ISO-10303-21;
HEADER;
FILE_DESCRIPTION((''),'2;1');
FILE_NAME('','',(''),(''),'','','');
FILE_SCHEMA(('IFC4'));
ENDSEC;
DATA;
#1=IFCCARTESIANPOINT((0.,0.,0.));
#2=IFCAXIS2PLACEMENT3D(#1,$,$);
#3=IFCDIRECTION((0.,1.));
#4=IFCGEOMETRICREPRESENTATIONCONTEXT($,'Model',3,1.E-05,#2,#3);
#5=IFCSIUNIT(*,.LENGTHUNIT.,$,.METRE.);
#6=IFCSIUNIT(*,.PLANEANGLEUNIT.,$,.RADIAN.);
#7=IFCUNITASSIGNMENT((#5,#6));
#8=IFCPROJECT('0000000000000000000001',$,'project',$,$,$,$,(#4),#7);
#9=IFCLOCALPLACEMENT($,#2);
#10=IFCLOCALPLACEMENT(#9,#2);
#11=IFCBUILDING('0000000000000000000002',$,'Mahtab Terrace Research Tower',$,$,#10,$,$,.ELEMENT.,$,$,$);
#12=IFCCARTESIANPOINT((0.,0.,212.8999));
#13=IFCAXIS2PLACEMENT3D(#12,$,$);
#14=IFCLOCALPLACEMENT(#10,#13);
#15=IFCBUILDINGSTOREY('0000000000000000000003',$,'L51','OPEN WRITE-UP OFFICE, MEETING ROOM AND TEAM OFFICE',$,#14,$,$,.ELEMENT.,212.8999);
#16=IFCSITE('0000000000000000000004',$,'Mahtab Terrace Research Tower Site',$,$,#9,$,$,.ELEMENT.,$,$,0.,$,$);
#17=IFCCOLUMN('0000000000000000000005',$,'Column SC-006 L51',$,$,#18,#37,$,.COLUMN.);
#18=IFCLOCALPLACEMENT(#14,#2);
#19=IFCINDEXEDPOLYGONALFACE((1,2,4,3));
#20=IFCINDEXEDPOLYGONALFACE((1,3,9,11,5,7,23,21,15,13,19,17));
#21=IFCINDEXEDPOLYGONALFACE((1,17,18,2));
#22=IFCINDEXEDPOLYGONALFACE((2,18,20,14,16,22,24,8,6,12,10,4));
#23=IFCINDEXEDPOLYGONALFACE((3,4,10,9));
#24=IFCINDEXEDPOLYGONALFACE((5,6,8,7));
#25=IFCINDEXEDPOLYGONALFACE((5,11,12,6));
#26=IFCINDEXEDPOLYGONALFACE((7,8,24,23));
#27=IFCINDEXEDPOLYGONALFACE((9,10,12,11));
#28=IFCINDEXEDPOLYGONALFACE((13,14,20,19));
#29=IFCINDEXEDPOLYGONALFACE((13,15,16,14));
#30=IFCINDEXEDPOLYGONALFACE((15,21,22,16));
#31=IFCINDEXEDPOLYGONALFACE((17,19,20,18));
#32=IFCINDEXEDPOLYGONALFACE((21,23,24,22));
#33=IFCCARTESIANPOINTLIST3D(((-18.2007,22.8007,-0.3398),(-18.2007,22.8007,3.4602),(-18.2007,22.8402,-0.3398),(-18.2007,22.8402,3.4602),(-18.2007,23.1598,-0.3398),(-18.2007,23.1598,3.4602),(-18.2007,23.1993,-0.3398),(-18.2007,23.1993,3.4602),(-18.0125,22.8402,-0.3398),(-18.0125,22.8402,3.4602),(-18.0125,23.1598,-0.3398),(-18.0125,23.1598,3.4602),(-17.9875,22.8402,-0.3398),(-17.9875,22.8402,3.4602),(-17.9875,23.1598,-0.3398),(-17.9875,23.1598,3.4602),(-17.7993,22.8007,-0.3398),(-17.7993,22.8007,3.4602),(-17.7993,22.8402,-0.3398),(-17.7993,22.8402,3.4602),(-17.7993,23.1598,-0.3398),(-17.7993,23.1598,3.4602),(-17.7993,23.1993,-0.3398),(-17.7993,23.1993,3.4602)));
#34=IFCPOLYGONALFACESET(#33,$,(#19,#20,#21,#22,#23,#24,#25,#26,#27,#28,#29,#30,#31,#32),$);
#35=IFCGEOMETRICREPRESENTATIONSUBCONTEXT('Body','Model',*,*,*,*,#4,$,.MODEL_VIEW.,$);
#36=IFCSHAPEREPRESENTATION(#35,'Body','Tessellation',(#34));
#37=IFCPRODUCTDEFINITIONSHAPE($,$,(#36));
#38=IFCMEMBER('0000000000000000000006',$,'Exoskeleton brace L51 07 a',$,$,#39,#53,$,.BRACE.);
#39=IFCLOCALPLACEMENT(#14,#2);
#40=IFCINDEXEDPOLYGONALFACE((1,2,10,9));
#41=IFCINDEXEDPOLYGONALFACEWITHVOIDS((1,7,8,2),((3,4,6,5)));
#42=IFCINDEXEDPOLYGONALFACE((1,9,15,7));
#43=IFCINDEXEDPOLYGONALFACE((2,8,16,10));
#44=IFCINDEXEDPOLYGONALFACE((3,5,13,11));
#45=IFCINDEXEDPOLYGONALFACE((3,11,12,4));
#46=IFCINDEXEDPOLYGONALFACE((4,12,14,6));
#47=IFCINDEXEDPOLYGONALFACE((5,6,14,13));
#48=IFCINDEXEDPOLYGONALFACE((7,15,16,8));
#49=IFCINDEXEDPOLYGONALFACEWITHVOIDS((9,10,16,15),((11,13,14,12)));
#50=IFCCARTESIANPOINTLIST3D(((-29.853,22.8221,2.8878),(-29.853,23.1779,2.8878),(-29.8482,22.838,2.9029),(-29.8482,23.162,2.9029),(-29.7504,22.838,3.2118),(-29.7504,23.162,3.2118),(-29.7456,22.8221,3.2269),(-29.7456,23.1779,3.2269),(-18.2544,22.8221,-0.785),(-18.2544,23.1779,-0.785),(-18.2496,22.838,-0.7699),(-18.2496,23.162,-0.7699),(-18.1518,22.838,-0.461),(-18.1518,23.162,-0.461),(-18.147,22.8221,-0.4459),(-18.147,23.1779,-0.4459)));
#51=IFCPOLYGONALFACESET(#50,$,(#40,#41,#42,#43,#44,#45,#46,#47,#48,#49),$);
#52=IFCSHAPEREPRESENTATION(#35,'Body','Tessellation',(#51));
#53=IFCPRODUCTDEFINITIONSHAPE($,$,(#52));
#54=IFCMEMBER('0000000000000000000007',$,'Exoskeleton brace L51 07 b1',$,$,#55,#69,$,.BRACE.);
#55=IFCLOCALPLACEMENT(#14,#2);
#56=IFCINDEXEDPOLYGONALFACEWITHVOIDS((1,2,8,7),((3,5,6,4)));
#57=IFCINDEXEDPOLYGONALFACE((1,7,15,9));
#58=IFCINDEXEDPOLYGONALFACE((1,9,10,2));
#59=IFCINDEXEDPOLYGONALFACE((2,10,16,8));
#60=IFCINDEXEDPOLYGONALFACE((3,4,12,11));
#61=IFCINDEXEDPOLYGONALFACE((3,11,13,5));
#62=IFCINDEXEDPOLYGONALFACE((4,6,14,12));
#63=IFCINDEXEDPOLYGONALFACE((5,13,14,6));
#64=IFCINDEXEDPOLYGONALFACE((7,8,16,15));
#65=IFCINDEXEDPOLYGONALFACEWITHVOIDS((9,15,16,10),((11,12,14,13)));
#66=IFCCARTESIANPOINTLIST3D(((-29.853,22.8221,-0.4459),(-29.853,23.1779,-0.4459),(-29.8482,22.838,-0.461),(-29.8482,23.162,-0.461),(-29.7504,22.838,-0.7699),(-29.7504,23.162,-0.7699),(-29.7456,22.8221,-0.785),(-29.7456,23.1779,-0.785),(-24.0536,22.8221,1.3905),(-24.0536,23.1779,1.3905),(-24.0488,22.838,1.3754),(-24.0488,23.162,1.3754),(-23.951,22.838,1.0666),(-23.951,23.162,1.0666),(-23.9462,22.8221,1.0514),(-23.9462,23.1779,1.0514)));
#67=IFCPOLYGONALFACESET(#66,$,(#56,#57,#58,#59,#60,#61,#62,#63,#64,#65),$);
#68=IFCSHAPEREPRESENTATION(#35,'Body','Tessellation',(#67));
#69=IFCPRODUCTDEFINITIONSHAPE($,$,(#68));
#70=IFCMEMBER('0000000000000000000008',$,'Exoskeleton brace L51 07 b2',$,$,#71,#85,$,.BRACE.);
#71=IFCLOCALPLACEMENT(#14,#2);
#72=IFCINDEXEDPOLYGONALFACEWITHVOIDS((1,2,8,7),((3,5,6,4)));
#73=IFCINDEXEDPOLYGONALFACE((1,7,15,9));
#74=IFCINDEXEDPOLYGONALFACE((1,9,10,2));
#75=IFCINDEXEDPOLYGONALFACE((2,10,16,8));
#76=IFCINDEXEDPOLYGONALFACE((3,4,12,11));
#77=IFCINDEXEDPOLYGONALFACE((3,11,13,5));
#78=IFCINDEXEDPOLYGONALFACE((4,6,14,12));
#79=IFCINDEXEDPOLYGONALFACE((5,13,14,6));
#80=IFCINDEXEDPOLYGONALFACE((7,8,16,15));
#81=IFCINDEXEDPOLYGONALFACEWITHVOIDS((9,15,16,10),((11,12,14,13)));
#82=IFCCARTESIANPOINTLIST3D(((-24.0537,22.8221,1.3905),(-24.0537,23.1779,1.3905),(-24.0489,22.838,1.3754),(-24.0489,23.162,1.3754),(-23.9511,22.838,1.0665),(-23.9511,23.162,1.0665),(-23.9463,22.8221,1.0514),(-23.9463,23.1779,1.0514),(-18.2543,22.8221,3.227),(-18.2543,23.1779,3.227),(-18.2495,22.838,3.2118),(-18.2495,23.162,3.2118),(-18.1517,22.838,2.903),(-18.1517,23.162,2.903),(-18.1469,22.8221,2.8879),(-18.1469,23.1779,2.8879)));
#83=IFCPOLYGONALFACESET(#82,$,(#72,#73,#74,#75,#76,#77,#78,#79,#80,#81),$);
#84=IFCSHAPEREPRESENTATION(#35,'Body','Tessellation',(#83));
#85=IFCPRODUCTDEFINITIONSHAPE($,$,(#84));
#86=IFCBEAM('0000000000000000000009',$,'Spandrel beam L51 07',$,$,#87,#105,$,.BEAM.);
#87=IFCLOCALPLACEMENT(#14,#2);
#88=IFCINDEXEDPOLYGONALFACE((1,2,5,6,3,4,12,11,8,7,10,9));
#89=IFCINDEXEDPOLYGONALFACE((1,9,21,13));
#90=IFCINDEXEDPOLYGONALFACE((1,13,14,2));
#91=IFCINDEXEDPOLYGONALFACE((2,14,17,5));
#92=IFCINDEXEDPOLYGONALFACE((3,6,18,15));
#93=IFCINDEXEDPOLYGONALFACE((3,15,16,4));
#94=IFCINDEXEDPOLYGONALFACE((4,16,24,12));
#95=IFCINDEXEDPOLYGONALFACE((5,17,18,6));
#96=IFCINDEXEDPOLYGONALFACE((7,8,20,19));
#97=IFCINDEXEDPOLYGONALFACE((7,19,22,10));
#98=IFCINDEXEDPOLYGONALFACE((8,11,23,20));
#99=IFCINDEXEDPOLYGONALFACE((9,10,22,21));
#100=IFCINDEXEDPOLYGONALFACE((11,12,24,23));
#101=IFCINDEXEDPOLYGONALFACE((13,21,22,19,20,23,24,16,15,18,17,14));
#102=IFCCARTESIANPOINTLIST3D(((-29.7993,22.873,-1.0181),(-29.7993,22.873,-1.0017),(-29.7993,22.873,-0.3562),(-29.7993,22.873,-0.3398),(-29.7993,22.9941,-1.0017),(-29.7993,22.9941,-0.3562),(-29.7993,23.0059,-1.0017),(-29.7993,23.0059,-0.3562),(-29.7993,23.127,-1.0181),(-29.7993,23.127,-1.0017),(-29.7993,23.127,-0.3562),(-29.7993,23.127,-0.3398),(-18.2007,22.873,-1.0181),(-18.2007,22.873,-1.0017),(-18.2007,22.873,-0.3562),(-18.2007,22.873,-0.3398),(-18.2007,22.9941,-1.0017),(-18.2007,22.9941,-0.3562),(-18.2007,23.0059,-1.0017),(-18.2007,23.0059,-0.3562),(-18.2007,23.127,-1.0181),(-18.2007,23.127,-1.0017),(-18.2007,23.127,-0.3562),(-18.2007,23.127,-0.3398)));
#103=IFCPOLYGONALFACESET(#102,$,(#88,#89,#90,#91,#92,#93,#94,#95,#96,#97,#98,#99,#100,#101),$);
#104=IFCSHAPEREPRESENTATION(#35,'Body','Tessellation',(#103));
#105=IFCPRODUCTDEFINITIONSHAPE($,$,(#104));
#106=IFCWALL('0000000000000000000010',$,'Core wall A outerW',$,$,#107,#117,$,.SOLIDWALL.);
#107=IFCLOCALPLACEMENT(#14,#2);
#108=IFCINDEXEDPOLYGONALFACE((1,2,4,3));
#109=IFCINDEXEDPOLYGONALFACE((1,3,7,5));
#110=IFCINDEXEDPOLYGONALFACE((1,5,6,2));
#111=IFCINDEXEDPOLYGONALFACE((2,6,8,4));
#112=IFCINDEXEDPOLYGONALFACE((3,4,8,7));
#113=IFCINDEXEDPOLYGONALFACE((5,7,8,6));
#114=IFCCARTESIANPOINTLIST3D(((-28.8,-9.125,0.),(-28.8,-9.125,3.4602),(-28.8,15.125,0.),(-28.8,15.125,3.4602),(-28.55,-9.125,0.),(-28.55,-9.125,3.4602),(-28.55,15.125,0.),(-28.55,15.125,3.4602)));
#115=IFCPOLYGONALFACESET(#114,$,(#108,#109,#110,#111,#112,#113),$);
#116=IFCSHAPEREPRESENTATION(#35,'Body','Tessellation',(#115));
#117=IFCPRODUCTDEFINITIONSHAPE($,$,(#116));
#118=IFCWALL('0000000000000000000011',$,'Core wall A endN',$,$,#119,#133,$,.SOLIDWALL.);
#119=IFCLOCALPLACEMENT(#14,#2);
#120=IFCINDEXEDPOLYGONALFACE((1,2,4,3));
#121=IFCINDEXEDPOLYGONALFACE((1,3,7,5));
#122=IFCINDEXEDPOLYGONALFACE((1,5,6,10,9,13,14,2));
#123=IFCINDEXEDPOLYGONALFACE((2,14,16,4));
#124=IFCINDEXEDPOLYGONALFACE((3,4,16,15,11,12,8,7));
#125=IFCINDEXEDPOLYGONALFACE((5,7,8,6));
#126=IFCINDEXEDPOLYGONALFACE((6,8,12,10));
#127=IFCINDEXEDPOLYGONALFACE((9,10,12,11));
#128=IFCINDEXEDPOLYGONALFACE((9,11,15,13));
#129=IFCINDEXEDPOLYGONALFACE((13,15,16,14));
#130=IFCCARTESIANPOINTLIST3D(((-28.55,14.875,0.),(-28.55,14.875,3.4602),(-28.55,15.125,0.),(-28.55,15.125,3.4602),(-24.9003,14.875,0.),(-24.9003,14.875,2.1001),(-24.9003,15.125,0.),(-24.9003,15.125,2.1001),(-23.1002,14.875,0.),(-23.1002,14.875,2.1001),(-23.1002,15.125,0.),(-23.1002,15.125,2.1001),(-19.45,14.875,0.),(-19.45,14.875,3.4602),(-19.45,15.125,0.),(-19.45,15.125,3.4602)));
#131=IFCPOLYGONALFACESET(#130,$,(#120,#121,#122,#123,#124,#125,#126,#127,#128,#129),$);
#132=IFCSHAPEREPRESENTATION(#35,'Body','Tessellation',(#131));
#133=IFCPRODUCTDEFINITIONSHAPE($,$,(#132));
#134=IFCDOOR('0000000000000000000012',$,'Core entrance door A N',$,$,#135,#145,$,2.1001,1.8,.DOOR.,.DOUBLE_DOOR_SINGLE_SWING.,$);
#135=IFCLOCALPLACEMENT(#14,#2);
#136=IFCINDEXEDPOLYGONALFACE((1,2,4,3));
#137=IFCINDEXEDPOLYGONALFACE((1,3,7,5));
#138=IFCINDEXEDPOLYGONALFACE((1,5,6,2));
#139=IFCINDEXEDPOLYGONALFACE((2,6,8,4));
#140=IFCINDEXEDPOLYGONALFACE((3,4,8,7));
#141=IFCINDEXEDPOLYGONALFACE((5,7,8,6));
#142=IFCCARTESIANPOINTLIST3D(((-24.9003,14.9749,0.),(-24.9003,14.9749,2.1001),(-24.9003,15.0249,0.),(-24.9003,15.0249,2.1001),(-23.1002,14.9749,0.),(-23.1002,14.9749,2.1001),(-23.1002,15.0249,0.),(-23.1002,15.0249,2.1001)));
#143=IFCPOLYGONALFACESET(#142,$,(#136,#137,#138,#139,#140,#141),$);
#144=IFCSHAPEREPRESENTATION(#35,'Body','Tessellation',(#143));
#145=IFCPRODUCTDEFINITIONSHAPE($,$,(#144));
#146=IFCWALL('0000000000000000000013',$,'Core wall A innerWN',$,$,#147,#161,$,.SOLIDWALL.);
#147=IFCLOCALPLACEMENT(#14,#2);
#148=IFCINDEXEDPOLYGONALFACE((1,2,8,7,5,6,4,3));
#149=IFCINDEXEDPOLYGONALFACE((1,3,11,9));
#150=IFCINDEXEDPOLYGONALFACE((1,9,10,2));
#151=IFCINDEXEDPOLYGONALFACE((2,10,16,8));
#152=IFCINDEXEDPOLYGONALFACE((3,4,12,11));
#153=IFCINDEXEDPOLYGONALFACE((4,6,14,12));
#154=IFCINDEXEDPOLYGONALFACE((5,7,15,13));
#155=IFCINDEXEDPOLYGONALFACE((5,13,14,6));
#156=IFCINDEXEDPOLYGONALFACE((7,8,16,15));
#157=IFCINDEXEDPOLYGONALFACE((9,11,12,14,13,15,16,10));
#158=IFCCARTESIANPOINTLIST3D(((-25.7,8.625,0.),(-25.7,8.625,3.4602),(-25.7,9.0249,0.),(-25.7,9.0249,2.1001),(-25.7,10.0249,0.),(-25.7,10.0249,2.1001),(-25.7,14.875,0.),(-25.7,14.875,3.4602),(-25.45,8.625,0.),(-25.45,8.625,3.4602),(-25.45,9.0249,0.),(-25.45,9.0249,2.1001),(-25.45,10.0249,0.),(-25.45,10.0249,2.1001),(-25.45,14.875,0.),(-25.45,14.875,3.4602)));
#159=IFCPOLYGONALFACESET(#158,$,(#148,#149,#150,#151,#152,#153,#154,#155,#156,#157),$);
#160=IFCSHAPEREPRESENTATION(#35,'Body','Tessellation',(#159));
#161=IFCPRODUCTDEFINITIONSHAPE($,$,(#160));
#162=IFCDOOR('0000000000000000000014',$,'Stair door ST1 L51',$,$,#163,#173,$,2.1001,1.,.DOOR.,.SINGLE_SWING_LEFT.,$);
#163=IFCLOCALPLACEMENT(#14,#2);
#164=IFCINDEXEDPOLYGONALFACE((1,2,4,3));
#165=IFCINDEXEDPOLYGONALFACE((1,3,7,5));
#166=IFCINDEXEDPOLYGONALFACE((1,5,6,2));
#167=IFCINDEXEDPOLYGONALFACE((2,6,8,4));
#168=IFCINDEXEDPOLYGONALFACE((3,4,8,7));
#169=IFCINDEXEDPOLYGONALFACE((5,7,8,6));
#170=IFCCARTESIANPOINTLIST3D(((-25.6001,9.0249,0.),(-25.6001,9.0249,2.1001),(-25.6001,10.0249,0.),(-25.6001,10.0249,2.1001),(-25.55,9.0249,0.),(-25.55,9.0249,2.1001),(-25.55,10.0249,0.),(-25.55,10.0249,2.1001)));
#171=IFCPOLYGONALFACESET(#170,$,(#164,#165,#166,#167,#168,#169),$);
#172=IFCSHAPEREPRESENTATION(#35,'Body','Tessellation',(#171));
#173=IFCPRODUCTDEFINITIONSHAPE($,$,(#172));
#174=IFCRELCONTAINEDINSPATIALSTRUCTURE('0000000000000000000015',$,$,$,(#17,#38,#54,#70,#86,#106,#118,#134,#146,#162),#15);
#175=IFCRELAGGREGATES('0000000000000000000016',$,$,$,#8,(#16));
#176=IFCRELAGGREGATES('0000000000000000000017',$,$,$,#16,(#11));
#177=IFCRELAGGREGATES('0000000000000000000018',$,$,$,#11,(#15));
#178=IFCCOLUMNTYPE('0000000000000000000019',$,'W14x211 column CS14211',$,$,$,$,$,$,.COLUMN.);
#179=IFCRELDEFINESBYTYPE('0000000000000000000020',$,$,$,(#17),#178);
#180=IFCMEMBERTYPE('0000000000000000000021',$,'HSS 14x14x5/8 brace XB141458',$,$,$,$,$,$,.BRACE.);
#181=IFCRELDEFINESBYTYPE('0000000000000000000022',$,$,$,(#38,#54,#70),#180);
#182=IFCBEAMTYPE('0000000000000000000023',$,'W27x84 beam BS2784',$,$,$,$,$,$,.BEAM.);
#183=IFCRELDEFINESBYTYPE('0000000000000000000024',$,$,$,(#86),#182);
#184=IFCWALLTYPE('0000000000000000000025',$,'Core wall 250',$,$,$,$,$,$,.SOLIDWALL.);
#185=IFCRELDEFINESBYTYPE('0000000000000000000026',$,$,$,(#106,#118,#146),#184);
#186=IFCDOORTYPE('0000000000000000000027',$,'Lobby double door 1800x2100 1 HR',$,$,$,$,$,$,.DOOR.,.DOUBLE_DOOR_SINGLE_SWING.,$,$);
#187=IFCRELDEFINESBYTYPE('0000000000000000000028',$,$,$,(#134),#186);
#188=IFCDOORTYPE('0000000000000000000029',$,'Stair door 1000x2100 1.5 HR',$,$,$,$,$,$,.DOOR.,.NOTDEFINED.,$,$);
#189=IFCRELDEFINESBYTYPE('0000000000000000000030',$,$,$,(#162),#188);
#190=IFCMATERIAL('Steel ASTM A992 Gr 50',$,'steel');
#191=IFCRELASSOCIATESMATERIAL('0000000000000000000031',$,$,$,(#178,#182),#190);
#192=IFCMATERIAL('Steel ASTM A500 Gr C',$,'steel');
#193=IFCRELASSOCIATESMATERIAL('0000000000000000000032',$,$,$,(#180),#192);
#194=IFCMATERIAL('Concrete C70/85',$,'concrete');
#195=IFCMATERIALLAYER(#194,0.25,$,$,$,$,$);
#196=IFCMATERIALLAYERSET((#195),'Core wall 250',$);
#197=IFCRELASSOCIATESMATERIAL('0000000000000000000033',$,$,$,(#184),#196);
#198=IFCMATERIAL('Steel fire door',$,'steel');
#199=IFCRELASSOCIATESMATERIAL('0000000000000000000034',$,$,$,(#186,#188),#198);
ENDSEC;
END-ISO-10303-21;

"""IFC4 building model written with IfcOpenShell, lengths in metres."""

from ifc_helpers import new_model, si_unit, direction, frame, frame_2d, origin, origin_2d, place, context, subcontext, project, spatial, rectangle, hollow_rectangle, i_section, extrude, material, layer, layer_set, material_profile, profile_set, type_object, element, fill, save


model = new_model("IFC4")

# Units and contexts
model_context = context("Model", 3, precision=1e-05, world=origin(), true_north=direction((0.0, 1.0)))
body_context = subcontext(model_context, "Body", "Model", "MODEL_VIEW")
ifc_project = project(units=[si_unit("LENGTHUNIT", "METRE"), si_unit("PLANEANGLEUNIT", "RADIAN")], contexts=[model_context])

# Site, building, storey
site_placement = place(None, origin())
site = spatial("IfcSite", under=ifc_project, at=site_placement, Name="Mahtab Terrace Research Tower Site", CompositionType="ELEMENT", RefElevation=0.0)
building_placement = place(site_placement, origin())
building = spatial("IfcBuilding", under=site, at=building_placement, Name="Mahtab Terrace Research Tower", CompositionType="ELEMENT")
storey_placement = place(building_placement, frame((0.0, 0.0, 212.8999)))
storey = spatial("IfcBuildingStorey", under=building, at=storey_placement, Name="L51", Description="OPEN WRITE-UP OFFICE, MEETING ROOM AND TEAM OFFICE", CompositionType="ELEMENT", Elevation=212.8999)

# Column
ifc_material_1 = material(Name="Steel ASTM A992 Gr 50", Category="steel")
ifc_material_profile_1 = material_profile(ifc_material_1, i_section(OverallWidth=0.4014, OverallDepth=0.3987, WebThickness=0.0249, FlangeThickness=0.0396, at=origin_2d()), Name="W14X211")
ifc_profile_set_1 = profile_set([ifc_material_profile_1], Name="Steel ASTM A992 Gr 50")
column_type = type_object("IfcColumnType", Name="W14x211 column CS14211", PredefinedType="COLUMN", material=ifc_profile_set_1)
column_placement = place(storey_placement, frame((-18.0, 23.0, -0.3398), z_axis=(0.0, 0.0, 1.0), x_axis=(1.0, 0.0, 0.0)))
element("IfcColumn", 1, at=column_placement, inside=storey, type_object=column_type, Name="Column SC-006 L51", PredefinedType="COLUMN", context=body_context, shape_type="SweptSolid", body=[
    extrude(i_section(OverallWidth=0.4014, OverallDepth=0.3987, WebThickness=0.0249, FlangeThickness=0.0396, at=origin_2d()), origin(), (0.0, 0.0, 1.0), 3.8),
])

# Members
ifc_material_2 = material(Name="Steel ASTM A500 Gr C", Category="steel")
ifc_material_profile_2 = material_profile(ifc_material_2, hollow_rectangle(XDim=0.3557, YDim=0.3557, WallThickness=0.0159, at=origin_2d()), Name="HSS14X14X5/8")
ifc_profile_set_2 = profile_set([ifc_material_profile_2], Name="Steel ASTM A500 Gr C")
member_type = type_object("IfcMemberType", Name="HSS 14x14x5/8 brace XB141458", PredefinedType="BRACE", material=ifc_profile_set_2)
member_placement = place(storey_placement, frame((-18.2007, 23.0, -0.6155), z_axis=(-0.953343, 0.0, 0.301888), x_axis=(0.0, -1.0, 0.0)))
element("IfcMember", 2, at=member_placement, inside=storey, type_object=member_type, Name="Exoskeleton brace L51 07 a", PredefinedType="BRACE", context=body_context, shape_type="SweptSolid", body=[
    extrude(hollow_rectangle(XDim=0.3557, YDim=0.3557, WallThickness=0.0159, at=origin_2d()), origin(), (0.0, 0.0, 1.0), 12.1663),
])
for number, where, z_axis, x_axis, name in (
    (3, (-29.7993, 23.0, -0.6155), (0.953343, 0.0, 0.301888), (0.0, 1.0, 0.0), "Exoskeleton brace L51 07 b1"),
    (4, (-24.0, 23.0, 1.2209), (0.953343, 0.0, 0.301888), (0.0, 1.0, 0.0), "Exoskeleton brace L51 07 b2"),
):
    element("IfcMember", number, at=place(storey_placement, frame(where, z_axis=z_axis, x_axis=x_axis)), inside=storey, type_object=member_type, Name=name, PredefinedType="BRACE", context=body_context, shape_type="SweptSolid", body=[
        extrude(hollow_rectangle(XDim=0.3557, YDim=0.3557, WallThickness=0.0159, at=origin_2d()), origin(), (0.0, 0.0, 1.0), 6.0833),
    ])

# Beam
ifc_material_profile_3 = material_profile(ifc_material_1, i_section(OverallWidth=0.2539, OverallDepth=0.6782, WebThickness=0.0117, FlangeThickness=0.0164, at=origin_2d()), Name="W27X84")
ifc_profile_set_3 = profile_set([ifc_material_profile_3], Name="Steel ASTM A992 Gr 50")
beam_type = type_object("IfcBeamType", Name="W27x84 beam BS2784", PredefinedType="BEAM", material=ifc_profile_set_3)
beam_placement = place(storey_placement, frame((-18.2007, 23.0, -0.679), z_axis=(-1.0, 0.0, 0.0), x_axis=(0.0, -1.0, 0.0)))
element("IfcBeam", 5, at=beam_placement, inside=storey, type_object=beam_type, Name="Spandrel beam L51 07", PredefinedType="BEAM", context=body_context, shape_type="SweptSolid", body=[
    extrude(i_section(OverallWidth=0.2539, OverallDepth=0.6782, WebThickness=0.0117, FlangeThickness=0.0164, at=origin_2d()), origin(), (0.0, 0.0, 1.0), 11.5986),
])

# Wall
ifc_material_3 = material(Name="Concrete C70/85", Category="concrete")
ifc_layer_1 = layer(ifc_material_3, 0.25)
ifc_layer_set_1 = layer_set([ifc_layer_1], Name="Core wall 250")
wall_type_1 = type_object("IfcWallType", Name="Core wall 250", PredefinedType="SOLIDWALL", material=ifc_layer_set_1)
wall_1_placement = place(storey_placement, frame((-28.675, 15.125, 0.0), z_axis=(0.0, 0.0, 1.0), x_axis=(0.0, -1.0, 0.0)))
element("IfcWall", 6, at=wall_1_placement, inside=storey, type_object=wall_type_1, Name="Core wall A outerW", PredefinedType="SOLIDWALL", context=body_context, shape_type="SweptSolid", body=[
    extrude(rectangle(XDim=24.25, YDim=0.25, at=frame_2d((12.125, 0.0))), origin(), (0.0, 0.0, 1.0), 3.4602),
])

# Walls, openings, doors
wall_2_placement = place(storey_placement, frame((-28.55, 15.0, 0.0), z_axis=(0.0, 0.0, 1.0), x_axis=(1.0, 0.0, 0.0)))
wall_2 = element("IfcWall", 7, at=wall_2_placement, inside=storey, type_object=wall_type_1, Name="Core wall A endN", PredefinedType="SOLIDWALL", context=body_context, shape_type="SweptSolid", body=[
    extrude(rectangle(XDim=9.1001, YDim=0.25, at=frame_2d((4.55, 0.0))), origin(), (0.0, 0.0, 1.0), 3.4602),
])
opening_1_placement = place(wall_2_placement, frame((3.6499, 0.0, 0.0)))
opening_1 = element("IfcOpeningElement", 8, at=opening_1_placement, cuts=wall_2, PredefinedType="OPENING", context=body_context, shape_type="SweptSolid", body=[
    extrude(rectangle(XDim=1.8, YDim=2.1001, at=frame_2d((0.8999, 1.05))), frame((0.0, 0.135, 0.0), z_axis=(0.0, -1.0, 0.0), x_axis=(1.0, 0.0, 0.0)), (0.0, 0.0, 1.0), 0.27),
])
ifc_material_4 = material(Name="Steel fire door", Category="steel")
door_type_1 = type_object("IfcDoorType", Name="Lobby double door 1800x2100 1 HR", OperationType="DOUBLE_DOOR_SINGLE_SWING", PredefinedType="DOOR", material=ifc_material_4)
door_1_placement = place(opening_1_placement, origin())
door_1 = element("IfcDoor", 9, at=door_1_placement, inside=storey, type_object=door_type_1, Name="Core entrance door A N", OperationType="DOUBLE_DOOR_SINGLE_SWING", OverallHeight=2.1001, OverallWidth=1.8, PredefinedType="DOOR", context=body_context, shape_type="SweptSolid", body=[
    extrude(rectangle(XDim=1.8, YDim=2.1001, at=frame_2d((0.8999, 1.05))), frame((0.0, 0.0249, 0.0), z_axis=(0.0, -1.0, 0.0), x_axis=(1.0, 0.0, 0.0)), (0.0, 0.0, 1.0), 0.05),
])
fill(opening_1, door_1)
wall_3_placement = place(storey_placement, frame((-25.575, 14.875, 0.0), z_axis=(0.0, 0.0, 1.0), x_axis=(0.0, -1.0, 0.0)))
wall_3 = element("IfcWall", 10, at=wall_3_placement, inside=storey, type_object=wall_type_1, Name="Core wall A innerWN", PredefinedType="SOLIDWALL", context=body_context, shape_type="SweptSolid", body=[
    extrude(rectangle(XDim=6.25, YDim=0.25, at=frame_2d((3.125, 0.0))), origin(), (0.0, 0.0, 1.0), 3.4602),
])
opening_2_placement = place(wall_3_placement, frame((4.8501, 0.0, 0.0)))
opening_2 = element("IfcOpeningElement", 11, at=opening_2_placement, cuts=wall_3, PredefinedType="OPENING", context=body_context, shape_type="SweptSolid", body=[
    extrude(rectangle(XDim=1.0, YDim=2.1001, at=frame_2d((0.5, 1.05))), frame((0.0, 0.135, 0.0), z_axis=(0.0, -1.0, 0.0), x_axis=(1.0, 0.0, 0.0)), (0.0, 0.0, 1.0), 0.27),
])
door_type_2 = type_object("IfcDoorType", Name="Stair door 1000x2100 1.5 HR", OperationType="NOTDEFINED", PredefinedType="DOOR", material=ifc_material_4)
door_2_placement = place(opening_2_placement, origin())
door_2 = element("IfcDoor", 12, at=door_2_placement, inside=storey, type_object=door_type_2, Name="Stair door ST1 L51", OperationType="SINGLE_SWING_LEFT", OverallHeight=2.1001, OverallWidth=1.0, PredefinedType="DOOR", context=body_context, shape_type="SweptSolid", body=[
    extrude(rectangle(XDim=1.0, YDim=2.1001, at=frame_2d((0.5, 1.05))), frame((0.0, 0.0249, 0.0), z_axis=(0.0, -1.0, 0.0), x_axis=(1.0, 0.0, 0.0)), (0.0, 0.0, 1.0), 0.05),
])
fill(opening_2, door_2)

save(model, "model.ifc")
